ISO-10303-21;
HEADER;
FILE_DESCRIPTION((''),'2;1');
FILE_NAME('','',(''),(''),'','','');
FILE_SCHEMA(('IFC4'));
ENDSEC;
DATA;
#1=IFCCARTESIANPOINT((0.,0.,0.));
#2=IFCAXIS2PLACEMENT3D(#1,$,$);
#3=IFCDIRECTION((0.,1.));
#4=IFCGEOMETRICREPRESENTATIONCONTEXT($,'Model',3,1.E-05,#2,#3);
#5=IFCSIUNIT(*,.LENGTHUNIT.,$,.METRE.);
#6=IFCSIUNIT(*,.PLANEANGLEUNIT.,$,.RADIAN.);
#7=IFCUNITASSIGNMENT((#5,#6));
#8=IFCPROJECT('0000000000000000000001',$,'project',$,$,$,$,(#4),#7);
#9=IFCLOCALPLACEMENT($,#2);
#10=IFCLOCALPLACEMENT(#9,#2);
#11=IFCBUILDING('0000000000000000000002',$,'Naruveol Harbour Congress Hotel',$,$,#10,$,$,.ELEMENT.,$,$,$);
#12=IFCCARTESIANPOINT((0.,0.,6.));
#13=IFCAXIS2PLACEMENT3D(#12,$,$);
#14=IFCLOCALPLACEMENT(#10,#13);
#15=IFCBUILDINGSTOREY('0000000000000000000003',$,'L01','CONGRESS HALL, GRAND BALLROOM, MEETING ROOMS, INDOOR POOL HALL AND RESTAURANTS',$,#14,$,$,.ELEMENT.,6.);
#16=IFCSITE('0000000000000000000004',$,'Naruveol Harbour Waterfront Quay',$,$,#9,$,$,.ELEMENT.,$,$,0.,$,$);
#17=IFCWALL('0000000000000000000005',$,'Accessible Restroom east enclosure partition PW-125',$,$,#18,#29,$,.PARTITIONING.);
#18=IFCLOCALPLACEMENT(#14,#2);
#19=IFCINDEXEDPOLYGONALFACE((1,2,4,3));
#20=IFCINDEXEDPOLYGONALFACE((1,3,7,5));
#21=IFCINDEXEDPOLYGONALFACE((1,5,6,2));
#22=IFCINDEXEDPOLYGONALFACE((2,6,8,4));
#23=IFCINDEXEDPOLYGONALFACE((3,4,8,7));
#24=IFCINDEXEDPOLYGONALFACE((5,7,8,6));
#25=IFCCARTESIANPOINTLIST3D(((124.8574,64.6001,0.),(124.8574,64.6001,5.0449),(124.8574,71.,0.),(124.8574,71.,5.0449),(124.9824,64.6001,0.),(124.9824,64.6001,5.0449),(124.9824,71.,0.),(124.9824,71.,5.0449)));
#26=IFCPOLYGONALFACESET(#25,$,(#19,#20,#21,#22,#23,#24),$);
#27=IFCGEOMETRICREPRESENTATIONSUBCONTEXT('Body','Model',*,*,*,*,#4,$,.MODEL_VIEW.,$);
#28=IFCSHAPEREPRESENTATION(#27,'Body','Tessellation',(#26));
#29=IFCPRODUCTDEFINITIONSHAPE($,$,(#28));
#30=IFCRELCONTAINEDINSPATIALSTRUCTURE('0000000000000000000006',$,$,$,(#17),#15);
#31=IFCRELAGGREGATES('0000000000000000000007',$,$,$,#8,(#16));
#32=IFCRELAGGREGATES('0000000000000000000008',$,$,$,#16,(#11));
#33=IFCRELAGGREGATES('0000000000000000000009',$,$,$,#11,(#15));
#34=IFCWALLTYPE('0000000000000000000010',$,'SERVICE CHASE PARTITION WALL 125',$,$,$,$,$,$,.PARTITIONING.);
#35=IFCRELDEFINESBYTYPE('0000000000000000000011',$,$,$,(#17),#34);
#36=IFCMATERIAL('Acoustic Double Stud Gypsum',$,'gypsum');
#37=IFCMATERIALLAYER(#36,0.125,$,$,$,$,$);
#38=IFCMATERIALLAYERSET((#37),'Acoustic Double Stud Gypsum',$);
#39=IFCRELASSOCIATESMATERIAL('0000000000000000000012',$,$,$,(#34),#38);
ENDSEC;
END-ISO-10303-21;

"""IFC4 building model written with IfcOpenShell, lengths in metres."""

from ifc_helpers import new_model, si_unit, direction, frame, frame_2d, origin, place, context, subcontext, project, spatial, rectangle, extrude, material, layer, layer_set, type_object, element, save


model = new_model("IFC4")

# Units and contexts
model_context = context("Model", 3, precision=1e-05, world=origin(), true_north=direction((0.0, 1.0)))
body_context = subcontext(model_context, "Body", "Model", "MODEL_VIEW")
ifc_project = project(units=[si_unit("LENGTHUNIT", "METRE"), si_unit("PLANEANGLEUNIT", "RADIAN")], contexts=[model_context])

# Site, building, storey
site_placement = place(None, origin())
site = spatial("IfcSite", under=ifc_project, at=site_placement, Name="Naruveol Harbour Waterfront Quay", CompositionType="ELEMENT", RefElevation=0.0)
building_placement = place(site_placement, origin())
building = spatial("IfcBuilding", under=site, at=building_placement, Name="Naruveol Harbour Congress Hotel", CompositionType="ELEMENT")
storey_placement = place(building_placement, frame((0.0, 0.0, 6.0)))
storey = spatial("IfcBuildingStorey", under=building, at=storey_placement, Name="L01", Description="CONGRESS HALL, GRAND BALLROOM, MEETING ROOMS, INDOOR POOL HALL AND RESTAURANTS", CompositionType="ELEMENT", Elevation=6.0)

# Wall
ifc_material_1 = material(Name="Acoustic Double Stud Gypsum", Category="gypsum")
ifc_layer_1 = layer(ifc_material_1, 0.125)
ifc_layer_set_1 = layer_set([ifc_layer_1], Name="Acoustic Double Stud Gypsum")
wall_type_1 = type_object("IfcWallType", Name="SERVICE CHASE PARTITION WALL 125", PredefinedType="PARTITIONING", material=ifc_layer_set_1)
wall_1_placement = place(storey_placement, frame((124.9199, 64.6001, 0.0), z_axis=(0.0, 0.0, 1.0), x_axis=(0.0, 1.0, 0.0)))
element("IfcWall", 1, at=wall_1_placement, inside=storey, type_object=wall_type_1, Name="Accessible Restroom east enclosure partition PW-125", PredefinedType="PARTITIONING", context=body_context, shape_type="SweptSolid", body=[
    extrude(rectangle(XDim=6.3999, YDim=0.125, at=frame_2d((3.2, 0.0))), origin(), (0.0, 0.0, 1.0), 5.0449),
])

save(model, "model.ifc")
